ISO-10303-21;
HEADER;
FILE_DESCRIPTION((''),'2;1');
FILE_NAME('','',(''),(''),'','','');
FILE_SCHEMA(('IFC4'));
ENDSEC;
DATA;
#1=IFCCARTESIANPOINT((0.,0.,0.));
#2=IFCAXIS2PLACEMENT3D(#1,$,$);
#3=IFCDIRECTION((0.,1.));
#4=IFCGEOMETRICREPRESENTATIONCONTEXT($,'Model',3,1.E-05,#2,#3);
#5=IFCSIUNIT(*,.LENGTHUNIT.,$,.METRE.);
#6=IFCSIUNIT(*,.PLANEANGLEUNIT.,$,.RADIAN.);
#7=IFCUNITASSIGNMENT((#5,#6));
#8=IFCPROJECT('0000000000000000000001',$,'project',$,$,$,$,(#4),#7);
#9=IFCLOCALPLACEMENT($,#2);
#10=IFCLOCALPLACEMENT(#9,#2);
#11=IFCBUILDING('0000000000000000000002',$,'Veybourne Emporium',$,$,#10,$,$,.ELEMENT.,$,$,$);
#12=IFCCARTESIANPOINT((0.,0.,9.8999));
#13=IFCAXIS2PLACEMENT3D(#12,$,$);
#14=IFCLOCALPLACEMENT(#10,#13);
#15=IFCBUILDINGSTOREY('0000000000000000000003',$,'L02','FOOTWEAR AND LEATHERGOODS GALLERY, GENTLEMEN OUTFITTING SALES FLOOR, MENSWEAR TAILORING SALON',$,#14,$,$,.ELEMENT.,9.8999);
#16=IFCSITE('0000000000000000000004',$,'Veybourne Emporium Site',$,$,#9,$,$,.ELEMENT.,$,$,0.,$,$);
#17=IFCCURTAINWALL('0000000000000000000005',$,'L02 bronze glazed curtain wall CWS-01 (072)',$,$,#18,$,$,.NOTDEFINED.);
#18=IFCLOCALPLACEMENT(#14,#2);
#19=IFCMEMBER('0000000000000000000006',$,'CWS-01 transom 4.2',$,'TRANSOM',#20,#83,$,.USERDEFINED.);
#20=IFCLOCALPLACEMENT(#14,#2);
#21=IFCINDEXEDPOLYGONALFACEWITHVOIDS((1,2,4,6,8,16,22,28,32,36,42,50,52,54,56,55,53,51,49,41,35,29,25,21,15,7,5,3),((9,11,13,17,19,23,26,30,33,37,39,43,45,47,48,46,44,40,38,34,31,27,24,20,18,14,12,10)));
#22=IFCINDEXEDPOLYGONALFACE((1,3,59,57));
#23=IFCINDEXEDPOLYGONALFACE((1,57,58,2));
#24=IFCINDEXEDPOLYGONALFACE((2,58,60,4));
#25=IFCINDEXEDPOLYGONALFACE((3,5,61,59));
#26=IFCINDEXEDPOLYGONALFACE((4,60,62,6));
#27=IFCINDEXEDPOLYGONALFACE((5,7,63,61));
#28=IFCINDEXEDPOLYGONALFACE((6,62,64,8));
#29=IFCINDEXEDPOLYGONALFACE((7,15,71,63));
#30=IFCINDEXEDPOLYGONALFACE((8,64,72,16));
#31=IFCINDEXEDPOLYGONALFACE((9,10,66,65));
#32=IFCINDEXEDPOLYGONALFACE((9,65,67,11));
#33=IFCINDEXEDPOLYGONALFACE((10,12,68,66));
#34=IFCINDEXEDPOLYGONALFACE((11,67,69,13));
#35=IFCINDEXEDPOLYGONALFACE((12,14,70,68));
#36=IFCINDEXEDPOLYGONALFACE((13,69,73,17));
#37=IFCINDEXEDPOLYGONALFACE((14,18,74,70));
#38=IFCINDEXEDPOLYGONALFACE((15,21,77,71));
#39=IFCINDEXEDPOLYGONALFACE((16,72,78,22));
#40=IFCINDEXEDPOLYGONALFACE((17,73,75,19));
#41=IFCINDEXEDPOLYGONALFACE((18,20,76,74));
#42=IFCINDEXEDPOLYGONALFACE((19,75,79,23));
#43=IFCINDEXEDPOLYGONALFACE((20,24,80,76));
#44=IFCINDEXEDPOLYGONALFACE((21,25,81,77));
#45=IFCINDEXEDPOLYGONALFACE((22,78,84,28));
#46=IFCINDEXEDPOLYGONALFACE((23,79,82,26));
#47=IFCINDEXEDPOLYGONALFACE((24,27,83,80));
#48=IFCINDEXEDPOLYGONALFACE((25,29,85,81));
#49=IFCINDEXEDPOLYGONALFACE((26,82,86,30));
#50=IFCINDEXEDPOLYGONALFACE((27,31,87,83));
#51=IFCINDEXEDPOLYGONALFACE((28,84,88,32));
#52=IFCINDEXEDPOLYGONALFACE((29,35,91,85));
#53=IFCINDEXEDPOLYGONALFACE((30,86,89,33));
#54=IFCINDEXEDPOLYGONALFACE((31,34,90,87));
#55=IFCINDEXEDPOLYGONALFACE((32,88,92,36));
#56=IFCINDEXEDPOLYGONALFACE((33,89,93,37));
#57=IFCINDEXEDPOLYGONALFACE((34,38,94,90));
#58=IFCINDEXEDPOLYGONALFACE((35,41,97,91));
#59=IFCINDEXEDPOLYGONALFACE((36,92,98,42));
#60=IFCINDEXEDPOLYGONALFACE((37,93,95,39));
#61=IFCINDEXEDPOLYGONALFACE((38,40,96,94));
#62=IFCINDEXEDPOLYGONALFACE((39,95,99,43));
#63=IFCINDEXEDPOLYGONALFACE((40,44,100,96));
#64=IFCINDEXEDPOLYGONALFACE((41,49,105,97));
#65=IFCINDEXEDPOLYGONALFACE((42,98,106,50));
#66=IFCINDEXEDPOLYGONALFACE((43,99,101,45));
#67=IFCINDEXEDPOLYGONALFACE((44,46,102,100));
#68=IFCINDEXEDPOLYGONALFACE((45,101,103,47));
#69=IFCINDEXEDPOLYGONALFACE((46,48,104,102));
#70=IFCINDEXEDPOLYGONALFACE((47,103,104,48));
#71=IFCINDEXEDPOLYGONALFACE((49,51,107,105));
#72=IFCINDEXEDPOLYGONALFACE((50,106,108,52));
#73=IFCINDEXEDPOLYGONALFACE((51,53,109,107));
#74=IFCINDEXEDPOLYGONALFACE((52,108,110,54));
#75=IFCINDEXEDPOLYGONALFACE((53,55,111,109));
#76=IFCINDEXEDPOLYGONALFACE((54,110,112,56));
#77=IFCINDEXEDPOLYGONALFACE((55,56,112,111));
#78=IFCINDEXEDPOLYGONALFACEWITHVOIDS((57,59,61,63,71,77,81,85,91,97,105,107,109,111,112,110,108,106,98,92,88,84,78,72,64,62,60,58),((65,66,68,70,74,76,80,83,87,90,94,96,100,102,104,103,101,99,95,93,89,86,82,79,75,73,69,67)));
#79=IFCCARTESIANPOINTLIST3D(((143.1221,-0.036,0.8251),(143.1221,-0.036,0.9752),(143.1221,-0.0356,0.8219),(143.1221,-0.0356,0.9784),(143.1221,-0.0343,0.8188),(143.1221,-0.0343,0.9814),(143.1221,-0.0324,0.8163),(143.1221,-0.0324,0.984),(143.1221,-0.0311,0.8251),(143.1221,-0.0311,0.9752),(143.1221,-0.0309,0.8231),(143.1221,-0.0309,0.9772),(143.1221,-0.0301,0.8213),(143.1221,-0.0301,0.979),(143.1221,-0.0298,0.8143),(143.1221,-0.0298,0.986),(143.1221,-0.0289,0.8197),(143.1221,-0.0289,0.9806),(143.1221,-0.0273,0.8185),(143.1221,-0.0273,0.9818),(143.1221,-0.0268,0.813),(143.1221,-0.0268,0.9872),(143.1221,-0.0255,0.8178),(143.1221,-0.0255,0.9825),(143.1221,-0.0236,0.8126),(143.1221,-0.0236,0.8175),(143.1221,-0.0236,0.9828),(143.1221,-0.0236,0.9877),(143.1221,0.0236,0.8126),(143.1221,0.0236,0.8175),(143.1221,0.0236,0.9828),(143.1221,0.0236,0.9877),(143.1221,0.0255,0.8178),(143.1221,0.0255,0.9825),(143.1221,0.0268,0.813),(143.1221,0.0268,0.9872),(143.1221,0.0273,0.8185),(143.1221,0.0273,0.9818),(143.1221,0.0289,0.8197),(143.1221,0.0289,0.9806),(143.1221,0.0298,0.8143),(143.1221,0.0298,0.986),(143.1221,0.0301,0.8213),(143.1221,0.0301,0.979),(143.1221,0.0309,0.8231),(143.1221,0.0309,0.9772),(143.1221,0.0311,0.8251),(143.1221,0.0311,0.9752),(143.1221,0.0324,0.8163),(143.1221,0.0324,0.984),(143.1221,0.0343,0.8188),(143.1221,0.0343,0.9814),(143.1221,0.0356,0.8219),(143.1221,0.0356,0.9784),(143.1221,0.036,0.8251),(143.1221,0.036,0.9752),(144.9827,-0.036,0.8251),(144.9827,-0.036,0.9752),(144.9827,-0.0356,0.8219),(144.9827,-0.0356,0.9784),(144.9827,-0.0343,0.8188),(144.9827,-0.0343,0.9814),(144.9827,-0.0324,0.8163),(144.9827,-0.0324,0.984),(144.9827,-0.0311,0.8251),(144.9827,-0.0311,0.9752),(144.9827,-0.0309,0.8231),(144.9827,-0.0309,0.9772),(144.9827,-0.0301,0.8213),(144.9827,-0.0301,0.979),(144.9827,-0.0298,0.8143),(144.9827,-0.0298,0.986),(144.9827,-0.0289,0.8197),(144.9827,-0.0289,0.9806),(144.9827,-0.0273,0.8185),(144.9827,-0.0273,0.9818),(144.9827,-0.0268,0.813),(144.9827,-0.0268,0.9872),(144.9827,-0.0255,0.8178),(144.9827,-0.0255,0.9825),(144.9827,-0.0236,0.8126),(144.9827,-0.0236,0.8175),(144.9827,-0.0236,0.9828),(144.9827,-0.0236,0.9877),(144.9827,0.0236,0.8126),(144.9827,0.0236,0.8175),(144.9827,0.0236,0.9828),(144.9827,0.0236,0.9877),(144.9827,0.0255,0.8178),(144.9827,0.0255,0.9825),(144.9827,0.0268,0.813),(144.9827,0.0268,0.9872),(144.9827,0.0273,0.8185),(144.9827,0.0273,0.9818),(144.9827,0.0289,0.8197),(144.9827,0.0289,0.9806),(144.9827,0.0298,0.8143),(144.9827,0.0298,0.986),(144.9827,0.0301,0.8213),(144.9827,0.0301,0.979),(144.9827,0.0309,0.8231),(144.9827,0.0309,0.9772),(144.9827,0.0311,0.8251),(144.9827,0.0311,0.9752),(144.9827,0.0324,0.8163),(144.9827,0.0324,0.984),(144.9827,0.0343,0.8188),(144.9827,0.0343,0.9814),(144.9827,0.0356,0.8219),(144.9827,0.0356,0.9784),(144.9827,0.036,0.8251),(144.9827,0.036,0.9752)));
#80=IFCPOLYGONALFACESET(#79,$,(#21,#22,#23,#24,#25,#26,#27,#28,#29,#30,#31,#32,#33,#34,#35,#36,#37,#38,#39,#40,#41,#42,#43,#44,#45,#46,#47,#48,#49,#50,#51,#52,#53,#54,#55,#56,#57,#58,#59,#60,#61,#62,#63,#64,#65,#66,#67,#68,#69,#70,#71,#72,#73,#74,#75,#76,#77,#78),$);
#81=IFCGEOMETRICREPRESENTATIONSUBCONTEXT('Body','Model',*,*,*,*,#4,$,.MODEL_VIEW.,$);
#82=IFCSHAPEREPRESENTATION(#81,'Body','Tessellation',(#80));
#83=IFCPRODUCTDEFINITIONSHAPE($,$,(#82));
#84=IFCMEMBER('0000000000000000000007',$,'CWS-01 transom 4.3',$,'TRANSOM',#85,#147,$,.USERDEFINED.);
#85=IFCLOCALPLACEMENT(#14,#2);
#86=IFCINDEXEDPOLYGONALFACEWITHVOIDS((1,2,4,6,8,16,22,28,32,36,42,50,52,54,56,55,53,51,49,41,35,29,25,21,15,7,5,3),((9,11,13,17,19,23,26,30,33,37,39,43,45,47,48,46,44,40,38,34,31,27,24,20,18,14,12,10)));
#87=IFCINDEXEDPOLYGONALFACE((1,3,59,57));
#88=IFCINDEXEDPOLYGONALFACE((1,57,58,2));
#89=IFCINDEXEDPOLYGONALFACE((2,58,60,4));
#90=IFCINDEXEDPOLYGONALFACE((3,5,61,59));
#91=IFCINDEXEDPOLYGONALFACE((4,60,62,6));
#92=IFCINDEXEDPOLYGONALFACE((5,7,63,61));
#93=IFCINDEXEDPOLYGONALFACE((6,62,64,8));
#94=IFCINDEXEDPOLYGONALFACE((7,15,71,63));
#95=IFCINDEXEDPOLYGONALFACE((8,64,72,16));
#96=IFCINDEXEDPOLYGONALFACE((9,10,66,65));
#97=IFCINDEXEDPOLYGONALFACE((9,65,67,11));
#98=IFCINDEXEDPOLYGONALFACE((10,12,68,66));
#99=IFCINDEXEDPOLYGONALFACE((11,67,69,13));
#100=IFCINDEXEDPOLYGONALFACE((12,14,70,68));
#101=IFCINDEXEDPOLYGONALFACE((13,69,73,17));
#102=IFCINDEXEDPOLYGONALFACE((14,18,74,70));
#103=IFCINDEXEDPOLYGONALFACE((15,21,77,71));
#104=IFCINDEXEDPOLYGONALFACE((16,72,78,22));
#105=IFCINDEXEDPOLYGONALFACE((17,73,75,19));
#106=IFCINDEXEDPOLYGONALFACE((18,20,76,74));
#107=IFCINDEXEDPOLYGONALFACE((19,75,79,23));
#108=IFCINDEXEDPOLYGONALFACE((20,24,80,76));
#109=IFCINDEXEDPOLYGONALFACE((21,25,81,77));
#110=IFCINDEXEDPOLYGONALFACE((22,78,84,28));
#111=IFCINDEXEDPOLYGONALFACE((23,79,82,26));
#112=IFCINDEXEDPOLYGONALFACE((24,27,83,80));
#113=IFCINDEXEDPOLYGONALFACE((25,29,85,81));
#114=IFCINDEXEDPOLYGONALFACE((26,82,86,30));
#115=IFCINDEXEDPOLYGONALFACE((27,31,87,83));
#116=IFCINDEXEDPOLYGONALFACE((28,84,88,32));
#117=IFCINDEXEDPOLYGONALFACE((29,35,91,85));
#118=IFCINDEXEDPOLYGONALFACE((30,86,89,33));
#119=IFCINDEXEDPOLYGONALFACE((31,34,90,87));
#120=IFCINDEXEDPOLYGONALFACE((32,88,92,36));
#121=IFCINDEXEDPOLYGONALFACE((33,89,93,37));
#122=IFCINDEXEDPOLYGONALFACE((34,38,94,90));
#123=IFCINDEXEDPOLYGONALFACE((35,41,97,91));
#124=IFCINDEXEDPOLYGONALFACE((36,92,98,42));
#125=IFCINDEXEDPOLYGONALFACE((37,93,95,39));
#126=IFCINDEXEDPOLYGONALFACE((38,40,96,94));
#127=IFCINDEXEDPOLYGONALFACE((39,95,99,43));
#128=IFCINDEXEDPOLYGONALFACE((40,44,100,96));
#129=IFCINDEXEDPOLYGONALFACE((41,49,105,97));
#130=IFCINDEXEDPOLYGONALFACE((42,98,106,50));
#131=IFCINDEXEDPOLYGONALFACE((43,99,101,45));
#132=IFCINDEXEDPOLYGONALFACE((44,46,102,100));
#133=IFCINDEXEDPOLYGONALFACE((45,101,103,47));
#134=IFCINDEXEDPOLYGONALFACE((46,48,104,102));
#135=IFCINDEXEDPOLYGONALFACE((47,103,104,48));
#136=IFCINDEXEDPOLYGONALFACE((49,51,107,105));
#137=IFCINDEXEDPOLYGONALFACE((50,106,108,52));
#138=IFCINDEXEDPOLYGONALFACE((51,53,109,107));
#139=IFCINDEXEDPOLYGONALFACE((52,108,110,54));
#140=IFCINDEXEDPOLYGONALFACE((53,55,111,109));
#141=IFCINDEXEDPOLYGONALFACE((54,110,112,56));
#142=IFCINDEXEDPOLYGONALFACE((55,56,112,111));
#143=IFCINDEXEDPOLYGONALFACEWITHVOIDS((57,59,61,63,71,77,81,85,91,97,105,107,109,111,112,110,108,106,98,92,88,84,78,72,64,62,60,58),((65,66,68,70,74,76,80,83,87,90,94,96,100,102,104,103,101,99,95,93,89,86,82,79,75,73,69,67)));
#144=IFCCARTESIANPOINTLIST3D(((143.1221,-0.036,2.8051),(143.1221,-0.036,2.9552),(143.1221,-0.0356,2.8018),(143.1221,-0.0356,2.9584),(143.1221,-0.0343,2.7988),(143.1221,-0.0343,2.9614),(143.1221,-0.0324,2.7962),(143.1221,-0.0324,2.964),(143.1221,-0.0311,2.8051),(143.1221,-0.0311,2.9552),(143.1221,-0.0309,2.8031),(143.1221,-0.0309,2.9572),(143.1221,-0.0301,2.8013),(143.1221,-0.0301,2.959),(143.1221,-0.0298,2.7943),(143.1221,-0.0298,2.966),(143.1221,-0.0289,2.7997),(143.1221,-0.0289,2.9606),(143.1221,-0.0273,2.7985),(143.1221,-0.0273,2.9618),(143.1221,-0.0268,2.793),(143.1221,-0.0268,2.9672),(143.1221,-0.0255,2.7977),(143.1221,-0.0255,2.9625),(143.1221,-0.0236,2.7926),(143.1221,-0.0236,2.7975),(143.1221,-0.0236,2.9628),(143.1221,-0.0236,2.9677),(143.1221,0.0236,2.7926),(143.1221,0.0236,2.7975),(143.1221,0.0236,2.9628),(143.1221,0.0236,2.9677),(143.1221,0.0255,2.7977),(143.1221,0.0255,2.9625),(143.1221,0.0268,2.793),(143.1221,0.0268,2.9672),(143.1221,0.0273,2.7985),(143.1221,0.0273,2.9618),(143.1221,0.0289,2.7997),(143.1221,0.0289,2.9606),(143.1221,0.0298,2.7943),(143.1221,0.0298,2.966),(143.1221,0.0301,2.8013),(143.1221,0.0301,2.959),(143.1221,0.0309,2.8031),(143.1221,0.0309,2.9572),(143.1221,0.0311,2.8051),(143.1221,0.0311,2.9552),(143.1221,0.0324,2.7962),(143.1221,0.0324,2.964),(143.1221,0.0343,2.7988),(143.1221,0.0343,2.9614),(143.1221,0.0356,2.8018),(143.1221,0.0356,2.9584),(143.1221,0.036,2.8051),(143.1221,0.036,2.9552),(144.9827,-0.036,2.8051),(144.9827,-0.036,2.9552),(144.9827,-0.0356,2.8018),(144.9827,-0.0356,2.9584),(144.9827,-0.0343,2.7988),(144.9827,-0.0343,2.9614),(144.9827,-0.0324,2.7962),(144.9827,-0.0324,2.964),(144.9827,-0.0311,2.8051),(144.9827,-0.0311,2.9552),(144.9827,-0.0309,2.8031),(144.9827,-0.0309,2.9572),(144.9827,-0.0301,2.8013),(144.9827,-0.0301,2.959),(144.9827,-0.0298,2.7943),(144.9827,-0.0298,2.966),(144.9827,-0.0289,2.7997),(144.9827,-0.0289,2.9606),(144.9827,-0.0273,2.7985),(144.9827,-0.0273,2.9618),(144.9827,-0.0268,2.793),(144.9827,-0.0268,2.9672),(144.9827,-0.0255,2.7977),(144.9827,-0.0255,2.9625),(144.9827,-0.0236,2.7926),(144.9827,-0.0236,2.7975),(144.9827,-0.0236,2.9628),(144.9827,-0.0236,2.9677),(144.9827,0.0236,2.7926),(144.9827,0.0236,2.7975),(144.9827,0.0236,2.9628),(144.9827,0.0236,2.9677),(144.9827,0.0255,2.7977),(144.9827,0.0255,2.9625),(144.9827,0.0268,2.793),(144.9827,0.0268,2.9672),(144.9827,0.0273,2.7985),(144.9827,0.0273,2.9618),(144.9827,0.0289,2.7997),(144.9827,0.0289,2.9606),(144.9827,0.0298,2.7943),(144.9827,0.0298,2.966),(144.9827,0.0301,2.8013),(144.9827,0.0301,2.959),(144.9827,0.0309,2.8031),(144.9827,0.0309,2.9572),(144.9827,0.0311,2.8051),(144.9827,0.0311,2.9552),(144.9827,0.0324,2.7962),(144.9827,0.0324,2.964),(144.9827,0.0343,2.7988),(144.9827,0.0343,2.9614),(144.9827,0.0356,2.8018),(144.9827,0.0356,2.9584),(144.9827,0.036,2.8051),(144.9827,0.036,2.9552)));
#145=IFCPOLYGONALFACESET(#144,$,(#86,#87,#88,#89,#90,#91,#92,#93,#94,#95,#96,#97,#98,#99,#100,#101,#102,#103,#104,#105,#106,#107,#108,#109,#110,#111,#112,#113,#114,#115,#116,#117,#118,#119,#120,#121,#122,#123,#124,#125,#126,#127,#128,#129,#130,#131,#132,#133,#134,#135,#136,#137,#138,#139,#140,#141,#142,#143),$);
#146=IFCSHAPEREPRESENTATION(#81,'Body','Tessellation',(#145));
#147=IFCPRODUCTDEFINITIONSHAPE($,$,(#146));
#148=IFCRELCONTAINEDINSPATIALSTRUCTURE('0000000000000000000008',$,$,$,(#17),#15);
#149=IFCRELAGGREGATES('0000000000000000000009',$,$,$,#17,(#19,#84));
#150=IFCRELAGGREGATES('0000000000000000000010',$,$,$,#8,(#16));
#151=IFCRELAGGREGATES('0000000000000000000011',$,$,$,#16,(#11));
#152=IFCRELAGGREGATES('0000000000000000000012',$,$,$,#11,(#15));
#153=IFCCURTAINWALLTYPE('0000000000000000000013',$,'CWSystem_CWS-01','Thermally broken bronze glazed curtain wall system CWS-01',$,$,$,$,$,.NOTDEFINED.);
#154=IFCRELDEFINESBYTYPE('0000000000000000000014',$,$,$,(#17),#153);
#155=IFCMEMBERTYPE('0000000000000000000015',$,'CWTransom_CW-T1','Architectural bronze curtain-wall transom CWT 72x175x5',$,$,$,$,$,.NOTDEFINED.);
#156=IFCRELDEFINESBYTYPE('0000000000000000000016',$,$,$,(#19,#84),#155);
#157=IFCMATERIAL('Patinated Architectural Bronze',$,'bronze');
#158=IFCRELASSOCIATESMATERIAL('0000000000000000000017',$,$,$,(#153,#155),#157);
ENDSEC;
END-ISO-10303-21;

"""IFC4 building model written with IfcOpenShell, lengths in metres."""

from ifc_helpers import new_model, si_unit, direction, frame, origin, origin_2d, place, context, subcontext, project, spatial, hollow_rectangle, extrude, material, material_profile, profile_set, type_object, element, aggregate, save


model = new_model("IFC4")

# Units and contexts
model_context = context("Model", 3, precision=1e-05, world=origin(), true_north=direction((0.0, 1.0)))
body_context = subcontext(model_context, "Body", "Model", "MODEL_VIEW")
ifc_project = project(units=[si_unit("LENGTHUNIT", "METRE"), si_unit("PLANEANGLEUNIT", "RADIAN")], contexts=[model_context])

# Site, building, storey
site_placement = place(None, origin())
site = spatial("IfcSite", under=ifc_project, at=site_placement, Name="Veybourne Emporium Site", CompositionType="ELEMENT", RefElevation=0.0)
building_placement = place(site_placement, origin())
building = spatial("IfcBuilding", under=site, at=building_placement, Name="Veybourne Emporium", CompositionType="ELEMENT")
storey_placement = place(building_placement, frame((0.0, 0.0, 9.8999)))
storey = spatial("IfcBuildingStorey", under=building, at=storey_placement, Name="L02", Description="FOOTWEAR AND LEATHERGOODS GALLERY, GENTLEMEN OUTFITTING SALES FLOOR, MENSWEAR TAILORING SALON", CompositionType="ELEMENT", Elevation=9.8999)

# Curtain wall
ifc_material_1 = material(Name="Patinated Architectural Bronze", Category="bronze")
curtain_wall_type_1 = type_object("IfcCurtainWallType", Name="CWSystem_CWS-01", Description="Thermally broken bronze glazed curtain wall system CWS-01", PredefinedType="NOTDEFINED", material=ifc_material_1)
curtain_wall_1_placement = place(storey_placement, origin())
curtain_wall_1 = element("IfcCurtainWall", 1, at=curtain_wall_1_placement, inside=storey, type_object=curtain_wall_type_1, Name="L02 bronze glazed curtain wall CWS-01 (072)", PredefinedType="NOTDEFINED")

# Members
ifc_material_profile_1 = material_profile(ifc_material_1, hollow_rectangle(XDim=0.072, YDim=0.175, WallThickness=0.0049, InnerFilletRadius=0.0076, OuterFilletRadius=0.0125, at=origin_2d()), Name="CWT 72x175x5")
ifc_profile_set_1 = profile_set([ifc_material_profile_1], Name="Patinated Architectural Bronze")
member_type_1 = type_object("IfcMemberType", Name="CWTransom_CW-T1", Description="Architectural bronze curtain-wall transom CWT 72x175x5", PredefinedType="NOTDEFINED", material=ifc_profile_set_1)
member_1_placement = place(storey_placement, frame((144.9827, 0.0, 0.9001), z_axis=(-1.0, 0.0, 0.0), x_axis=(0.0, -1.0, 0.0)))
member_1 = element("IfcMember", 2, at=member_1_placement, type_object=member_type_1, Name="CWS-01 transom 4.2", ObjectType="TRANSOM", PredefinedType="USERDEFINED", context=body_context, shape_type="SweptSolid", body=[
    extrude(hollow_rectangle(XDim=0.072, YDim=0.175, WallThickness=0.0049, InnerFilletRadius=0.0076, OuterFilletRadius=0.0125, at=origin_2d()), origin(), (0.0, 0.0, 1.0), 1.8606),
])
member_2_placement = place(storey_placement, frame((144.9827, 0.0, 2.8801), z_axis=(-1.0, 0.0, 0.0), x_axis=(0.0, -1.0, 0.0)))
member_2 = element("IfcMember", 3, at=member_2_placement, type_object=member_type_1, Name="CWS-01 transom 4.3", ObjectType="TRANSOM", PredefinedType="USERDEFINED", context=body_context, shape_type="SweptSolid", body=[
    extrude(hollow_rectangle(XDim=0.072, YDim=0.175, WallThickness=0.0049, InnerFilletRadius=0.0076, OuterFilletRadius=0.0125, at=origin_2d()), origin(), (0.0, 0.0, 1.0), 1.8606),
])

aggregate(curtain_wall_1, [member_1, member_2])

save(model, "model.ifc")
